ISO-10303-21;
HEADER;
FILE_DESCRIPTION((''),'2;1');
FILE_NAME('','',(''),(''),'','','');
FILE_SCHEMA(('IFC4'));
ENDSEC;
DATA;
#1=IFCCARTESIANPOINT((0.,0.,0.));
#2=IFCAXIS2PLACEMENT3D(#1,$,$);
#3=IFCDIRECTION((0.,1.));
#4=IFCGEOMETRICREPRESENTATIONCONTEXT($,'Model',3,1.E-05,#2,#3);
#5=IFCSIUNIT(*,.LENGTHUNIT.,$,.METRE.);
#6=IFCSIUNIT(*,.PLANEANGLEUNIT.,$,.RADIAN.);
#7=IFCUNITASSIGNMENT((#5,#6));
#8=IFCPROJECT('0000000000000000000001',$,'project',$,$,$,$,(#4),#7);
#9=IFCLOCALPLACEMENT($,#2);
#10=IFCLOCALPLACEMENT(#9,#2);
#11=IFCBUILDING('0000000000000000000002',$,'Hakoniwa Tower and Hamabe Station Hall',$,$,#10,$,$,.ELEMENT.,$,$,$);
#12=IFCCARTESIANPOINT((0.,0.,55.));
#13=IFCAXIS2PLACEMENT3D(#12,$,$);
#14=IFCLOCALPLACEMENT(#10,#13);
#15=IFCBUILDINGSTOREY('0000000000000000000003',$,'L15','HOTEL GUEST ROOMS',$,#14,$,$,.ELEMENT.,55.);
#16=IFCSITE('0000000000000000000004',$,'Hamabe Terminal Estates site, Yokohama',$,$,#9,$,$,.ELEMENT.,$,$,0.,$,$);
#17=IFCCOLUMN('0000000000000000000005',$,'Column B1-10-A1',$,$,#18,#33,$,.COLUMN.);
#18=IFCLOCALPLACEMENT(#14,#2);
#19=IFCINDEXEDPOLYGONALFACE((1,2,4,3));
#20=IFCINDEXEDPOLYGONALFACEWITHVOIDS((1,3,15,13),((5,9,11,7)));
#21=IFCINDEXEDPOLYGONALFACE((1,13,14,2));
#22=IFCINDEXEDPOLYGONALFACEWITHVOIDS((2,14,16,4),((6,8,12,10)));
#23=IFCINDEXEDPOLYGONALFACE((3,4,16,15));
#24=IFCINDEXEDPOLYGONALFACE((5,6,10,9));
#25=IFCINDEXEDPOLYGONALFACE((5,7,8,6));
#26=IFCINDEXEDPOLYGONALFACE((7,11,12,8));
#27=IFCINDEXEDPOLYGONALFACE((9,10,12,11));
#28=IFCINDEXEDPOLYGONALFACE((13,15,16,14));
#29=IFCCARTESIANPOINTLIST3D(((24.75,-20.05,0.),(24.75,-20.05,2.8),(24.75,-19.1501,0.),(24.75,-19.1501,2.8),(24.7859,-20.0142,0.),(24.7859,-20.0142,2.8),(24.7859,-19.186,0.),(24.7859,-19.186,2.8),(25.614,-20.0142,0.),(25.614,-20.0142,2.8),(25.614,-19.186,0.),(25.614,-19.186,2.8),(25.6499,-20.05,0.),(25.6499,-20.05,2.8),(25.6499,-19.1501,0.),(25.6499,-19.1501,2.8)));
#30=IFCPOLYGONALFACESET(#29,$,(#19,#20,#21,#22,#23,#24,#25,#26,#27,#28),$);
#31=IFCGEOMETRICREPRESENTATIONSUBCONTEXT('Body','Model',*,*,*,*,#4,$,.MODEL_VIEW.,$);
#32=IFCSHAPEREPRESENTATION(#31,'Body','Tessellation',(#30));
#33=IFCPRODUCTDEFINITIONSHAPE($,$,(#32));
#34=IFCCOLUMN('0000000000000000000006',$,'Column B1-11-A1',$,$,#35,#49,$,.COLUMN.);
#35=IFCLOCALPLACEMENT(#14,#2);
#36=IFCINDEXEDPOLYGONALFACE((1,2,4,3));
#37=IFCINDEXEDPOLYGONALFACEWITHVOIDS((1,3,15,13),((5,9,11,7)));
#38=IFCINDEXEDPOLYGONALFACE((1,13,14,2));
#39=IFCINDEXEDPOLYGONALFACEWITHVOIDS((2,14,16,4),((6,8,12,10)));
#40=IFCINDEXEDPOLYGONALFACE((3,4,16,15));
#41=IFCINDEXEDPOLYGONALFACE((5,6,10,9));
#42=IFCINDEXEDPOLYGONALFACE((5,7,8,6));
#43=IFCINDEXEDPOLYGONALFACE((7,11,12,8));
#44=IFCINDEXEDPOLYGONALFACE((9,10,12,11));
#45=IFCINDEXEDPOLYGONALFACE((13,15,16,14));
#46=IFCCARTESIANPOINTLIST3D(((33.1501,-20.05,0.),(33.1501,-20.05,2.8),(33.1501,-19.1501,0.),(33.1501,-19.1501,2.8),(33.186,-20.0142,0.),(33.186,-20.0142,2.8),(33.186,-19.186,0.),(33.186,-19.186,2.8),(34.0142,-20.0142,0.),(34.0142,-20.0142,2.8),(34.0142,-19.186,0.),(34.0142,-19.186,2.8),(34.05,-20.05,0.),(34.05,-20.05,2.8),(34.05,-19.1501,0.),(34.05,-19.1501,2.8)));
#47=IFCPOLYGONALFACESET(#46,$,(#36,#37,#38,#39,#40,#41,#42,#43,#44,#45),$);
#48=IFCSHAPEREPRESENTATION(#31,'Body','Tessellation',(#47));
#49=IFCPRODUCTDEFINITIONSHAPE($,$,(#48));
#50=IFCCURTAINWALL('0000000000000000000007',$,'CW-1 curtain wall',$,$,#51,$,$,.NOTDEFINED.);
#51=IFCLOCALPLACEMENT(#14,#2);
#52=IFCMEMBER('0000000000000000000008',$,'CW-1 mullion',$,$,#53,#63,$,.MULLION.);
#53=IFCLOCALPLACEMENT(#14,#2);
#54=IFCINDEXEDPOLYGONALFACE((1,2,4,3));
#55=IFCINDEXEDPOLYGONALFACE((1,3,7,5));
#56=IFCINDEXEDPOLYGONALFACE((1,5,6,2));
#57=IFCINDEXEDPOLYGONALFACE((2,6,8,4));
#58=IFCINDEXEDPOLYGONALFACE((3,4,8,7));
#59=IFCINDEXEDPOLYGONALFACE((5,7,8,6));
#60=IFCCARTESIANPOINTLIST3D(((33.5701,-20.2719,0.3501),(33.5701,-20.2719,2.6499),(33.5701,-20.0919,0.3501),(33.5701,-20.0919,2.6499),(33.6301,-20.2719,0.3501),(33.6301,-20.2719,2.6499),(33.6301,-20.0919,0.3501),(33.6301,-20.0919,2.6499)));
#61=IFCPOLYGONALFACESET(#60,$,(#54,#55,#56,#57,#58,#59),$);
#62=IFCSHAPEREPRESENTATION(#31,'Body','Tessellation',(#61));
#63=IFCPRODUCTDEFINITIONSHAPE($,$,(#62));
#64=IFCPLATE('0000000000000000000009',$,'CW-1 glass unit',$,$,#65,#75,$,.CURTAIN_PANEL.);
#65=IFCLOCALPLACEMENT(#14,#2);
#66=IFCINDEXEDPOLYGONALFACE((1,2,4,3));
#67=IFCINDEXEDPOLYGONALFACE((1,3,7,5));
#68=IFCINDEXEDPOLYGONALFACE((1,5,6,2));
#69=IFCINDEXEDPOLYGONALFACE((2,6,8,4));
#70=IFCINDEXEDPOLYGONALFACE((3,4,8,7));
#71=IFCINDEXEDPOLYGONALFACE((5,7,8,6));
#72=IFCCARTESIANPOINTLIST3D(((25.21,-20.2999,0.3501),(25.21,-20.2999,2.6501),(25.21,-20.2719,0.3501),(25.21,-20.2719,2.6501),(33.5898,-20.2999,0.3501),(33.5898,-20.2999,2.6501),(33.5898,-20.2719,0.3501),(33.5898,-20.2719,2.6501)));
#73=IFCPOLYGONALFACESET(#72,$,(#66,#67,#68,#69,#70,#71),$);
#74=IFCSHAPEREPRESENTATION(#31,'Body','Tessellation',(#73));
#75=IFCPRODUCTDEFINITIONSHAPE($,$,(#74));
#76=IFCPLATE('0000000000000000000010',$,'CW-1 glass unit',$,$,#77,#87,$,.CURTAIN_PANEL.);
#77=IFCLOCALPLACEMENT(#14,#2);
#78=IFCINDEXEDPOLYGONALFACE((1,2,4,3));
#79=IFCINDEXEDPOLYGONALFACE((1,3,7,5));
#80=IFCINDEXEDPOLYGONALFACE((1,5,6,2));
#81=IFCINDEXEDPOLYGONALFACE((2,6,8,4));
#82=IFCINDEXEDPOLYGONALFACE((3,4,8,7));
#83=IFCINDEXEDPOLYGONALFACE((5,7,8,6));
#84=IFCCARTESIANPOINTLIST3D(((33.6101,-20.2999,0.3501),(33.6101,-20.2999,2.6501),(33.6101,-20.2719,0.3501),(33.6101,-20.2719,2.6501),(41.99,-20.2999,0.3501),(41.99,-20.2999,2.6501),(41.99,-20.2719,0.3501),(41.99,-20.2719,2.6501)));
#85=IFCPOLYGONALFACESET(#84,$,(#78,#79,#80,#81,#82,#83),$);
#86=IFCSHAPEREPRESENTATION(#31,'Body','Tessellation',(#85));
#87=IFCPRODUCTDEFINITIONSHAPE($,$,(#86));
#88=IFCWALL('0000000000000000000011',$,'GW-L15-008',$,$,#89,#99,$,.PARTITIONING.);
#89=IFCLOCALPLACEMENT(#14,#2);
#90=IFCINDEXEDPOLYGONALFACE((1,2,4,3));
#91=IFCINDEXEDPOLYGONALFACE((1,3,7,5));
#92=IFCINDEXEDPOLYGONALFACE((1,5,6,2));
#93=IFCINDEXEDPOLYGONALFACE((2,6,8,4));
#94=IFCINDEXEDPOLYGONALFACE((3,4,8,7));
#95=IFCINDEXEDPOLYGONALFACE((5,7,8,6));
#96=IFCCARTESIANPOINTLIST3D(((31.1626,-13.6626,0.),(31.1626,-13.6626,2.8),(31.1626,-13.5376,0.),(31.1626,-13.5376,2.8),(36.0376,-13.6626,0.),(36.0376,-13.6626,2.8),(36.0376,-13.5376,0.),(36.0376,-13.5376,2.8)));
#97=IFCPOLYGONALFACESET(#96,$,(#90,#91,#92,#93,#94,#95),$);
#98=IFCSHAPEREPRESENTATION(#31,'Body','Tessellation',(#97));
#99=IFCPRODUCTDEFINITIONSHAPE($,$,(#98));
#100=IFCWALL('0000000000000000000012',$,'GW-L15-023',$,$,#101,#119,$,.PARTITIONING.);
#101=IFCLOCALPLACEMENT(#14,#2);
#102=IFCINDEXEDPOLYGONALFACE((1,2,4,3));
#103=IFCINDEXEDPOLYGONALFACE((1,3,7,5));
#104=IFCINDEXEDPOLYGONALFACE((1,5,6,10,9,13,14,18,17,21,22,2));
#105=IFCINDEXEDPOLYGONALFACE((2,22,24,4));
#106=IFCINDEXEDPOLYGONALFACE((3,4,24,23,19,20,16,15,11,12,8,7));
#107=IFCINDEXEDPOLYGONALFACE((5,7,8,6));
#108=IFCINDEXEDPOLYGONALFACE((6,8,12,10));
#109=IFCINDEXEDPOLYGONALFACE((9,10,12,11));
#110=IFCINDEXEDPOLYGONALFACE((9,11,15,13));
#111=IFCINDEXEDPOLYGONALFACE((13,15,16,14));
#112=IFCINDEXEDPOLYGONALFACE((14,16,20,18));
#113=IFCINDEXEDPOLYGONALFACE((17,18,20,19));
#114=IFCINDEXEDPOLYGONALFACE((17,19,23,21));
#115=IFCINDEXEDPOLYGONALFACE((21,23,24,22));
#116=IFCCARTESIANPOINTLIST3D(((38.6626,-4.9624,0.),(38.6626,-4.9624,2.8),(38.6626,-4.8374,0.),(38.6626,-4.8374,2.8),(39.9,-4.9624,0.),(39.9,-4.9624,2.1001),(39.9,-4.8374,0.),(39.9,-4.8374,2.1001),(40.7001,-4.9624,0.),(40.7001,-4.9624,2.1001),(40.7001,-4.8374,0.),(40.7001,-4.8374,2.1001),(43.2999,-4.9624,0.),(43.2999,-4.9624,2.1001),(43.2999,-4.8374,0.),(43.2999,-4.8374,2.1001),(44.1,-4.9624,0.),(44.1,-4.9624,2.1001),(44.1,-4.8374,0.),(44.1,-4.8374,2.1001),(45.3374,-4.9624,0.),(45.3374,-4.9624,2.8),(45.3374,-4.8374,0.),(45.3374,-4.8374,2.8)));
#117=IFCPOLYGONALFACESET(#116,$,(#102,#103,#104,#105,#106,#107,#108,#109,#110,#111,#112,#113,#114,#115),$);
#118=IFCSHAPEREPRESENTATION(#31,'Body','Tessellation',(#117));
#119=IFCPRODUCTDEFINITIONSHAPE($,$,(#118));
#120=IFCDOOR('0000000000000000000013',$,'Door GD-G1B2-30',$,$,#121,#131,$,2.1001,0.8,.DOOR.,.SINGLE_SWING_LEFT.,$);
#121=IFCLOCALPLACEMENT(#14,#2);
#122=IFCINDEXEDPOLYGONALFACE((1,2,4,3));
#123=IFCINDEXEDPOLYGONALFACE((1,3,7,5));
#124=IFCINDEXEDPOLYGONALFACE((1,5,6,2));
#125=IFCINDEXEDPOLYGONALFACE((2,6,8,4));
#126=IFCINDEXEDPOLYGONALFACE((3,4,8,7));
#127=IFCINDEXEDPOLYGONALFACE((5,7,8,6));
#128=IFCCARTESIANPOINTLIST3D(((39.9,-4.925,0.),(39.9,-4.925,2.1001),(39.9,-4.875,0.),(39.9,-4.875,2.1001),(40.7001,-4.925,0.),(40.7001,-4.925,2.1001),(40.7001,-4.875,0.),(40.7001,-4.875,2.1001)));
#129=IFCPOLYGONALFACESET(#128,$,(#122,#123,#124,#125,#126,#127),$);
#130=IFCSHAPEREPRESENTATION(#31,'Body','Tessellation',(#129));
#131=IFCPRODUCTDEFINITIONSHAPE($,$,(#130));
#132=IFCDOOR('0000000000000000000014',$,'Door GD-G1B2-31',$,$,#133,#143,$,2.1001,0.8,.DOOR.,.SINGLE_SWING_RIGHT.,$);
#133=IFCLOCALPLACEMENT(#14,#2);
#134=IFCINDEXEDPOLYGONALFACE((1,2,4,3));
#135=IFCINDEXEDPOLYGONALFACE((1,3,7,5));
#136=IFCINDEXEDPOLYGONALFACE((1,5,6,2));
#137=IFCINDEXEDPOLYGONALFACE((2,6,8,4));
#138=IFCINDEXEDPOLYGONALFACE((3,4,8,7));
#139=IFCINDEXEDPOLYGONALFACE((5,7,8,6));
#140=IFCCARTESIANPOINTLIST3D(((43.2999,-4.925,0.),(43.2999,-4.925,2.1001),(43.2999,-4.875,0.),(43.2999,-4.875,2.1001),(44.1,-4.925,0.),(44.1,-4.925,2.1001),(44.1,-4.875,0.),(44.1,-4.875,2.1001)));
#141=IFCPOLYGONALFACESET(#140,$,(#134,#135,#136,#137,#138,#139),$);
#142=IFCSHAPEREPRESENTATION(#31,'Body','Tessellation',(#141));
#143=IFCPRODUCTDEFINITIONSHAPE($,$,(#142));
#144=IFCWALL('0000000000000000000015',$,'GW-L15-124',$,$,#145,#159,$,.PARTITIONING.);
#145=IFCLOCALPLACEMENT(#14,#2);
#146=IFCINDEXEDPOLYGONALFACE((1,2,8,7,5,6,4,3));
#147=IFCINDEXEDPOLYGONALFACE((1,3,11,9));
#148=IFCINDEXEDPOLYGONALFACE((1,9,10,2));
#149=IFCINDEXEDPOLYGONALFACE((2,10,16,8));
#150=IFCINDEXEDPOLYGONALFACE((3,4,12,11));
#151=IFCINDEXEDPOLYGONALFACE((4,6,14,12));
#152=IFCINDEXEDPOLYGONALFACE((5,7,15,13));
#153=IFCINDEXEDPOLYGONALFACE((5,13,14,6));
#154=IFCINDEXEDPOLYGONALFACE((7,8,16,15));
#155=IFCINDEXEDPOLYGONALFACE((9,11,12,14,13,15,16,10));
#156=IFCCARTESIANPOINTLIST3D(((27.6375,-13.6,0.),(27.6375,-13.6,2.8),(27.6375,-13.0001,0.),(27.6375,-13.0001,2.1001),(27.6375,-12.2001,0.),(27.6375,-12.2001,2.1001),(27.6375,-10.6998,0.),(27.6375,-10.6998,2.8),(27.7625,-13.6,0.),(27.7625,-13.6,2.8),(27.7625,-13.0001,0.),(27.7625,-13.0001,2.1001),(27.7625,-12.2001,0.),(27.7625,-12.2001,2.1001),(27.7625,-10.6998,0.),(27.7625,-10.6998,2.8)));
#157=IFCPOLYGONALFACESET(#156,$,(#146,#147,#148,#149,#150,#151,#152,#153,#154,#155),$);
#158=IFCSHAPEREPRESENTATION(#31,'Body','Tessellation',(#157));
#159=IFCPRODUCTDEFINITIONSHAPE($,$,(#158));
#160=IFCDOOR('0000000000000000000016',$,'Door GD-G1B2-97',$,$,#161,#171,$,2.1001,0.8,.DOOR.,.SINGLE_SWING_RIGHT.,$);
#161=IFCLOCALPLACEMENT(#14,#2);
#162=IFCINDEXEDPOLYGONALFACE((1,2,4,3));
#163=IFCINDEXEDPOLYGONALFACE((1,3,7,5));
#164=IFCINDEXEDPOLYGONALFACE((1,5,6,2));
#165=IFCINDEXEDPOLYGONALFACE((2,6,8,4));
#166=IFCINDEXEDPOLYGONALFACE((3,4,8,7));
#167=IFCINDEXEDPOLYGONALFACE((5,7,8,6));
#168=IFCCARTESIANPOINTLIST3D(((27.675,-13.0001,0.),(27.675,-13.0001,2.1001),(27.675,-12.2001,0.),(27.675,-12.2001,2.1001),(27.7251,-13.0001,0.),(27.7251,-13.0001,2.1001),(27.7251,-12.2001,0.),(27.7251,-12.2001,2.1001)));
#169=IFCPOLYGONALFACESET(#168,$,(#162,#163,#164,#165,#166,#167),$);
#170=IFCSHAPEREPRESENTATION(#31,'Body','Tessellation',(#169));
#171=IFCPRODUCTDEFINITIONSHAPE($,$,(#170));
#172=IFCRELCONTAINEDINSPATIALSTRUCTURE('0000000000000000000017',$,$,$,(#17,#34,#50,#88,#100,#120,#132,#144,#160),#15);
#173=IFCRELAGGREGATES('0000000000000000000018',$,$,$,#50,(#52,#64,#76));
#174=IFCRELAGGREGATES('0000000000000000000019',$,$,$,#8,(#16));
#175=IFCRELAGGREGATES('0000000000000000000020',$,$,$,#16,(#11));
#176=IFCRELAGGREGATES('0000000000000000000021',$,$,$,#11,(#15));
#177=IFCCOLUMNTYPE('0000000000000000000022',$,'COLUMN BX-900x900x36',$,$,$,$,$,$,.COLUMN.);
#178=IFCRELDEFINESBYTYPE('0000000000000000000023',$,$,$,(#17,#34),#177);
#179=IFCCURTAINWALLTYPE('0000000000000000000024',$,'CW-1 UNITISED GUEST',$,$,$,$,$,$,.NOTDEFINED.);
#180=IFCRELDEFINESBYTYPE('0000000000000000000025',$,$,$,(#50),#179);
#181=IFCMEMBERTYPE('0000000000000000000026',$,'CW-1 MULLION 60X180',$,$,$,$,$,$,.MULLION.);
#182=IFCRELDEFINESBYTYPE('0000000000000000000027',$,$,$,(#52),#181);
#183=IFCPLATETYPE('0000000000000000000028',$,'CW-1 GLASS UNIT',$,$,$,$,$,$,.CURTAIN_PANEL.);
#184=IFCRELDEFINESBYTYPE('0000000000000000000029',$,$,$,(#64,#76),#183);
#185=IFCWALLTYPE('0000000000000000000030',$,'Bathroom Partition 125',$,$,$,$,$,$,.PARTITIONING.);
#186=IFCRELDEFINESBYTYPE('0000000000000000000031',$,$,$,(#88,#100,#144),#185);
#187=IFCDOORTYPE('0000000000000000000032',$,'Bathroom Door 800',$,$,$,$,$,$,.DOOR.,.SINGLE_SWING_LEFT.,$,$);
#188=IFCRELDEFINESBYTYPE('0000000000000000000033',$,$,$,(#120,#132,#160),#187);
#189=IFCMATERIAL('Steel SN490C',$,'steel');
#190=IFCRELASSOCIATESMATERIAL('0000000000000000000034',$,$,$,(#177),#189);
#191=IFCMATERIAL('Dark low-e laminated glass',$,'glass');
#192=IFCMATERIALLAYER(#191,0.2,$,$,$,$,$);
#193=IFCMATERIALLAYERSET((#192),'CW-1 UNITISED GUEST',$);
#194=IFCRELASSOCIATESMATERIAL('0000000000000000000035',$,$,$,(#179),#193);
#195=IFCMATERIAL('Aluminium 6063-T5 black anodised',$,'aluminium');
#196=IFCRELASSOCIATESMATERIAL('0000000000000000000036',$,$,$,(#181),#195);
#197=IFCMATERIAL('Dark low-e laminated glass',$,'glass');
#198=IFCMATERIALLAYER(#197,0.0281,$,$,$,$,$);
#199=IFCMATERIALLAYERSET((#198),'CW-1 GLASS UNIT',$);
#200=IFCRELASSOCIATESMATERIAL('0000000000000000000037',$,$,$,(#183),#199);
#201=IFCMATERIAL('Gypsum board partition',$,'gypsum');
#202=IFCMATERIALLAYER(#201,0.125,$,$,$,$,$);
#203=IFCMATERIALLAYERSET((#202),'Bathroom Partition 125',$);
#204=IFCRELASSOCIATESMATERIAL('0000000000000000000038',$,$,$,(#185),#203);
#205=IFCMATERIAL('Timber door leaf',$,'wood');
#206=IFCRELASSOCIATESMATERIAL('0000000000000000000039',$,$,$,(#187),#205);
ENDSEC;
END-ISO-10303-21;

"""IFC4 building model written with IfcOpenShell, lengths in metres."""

from ifc_helpers import new_model, si_unit, direction, frame, frame_2d, origin, origin_2d, place, context, subcontext, project, spatial, rectangle, hollow_rectangle, extrude, material, layer, layer_set, material_profile, profile_set, type_object, element, fill, aggregate, save


model = new_model("IFC4")

# Units and contexts
model_context = context("Model", 3, precision=1e-05, world=origin(), true_north=direction((0.0, 1.0)))
body_context = subcontext(model_context, "Body", "Model", "MODEL_VIEW")
ifc_project = project(units=[si_unit("LENGTHUNIT", "METRE"), si_unit("PLANEANGLEUNIT", "RADIAN")], contexts=[model_context])

# Site, building, storey
site_placement = place(None, origin())
site = spatial("IfcSite", under=ifc_project, at=site_placement, Name="Hamabe Terminal Estates site, Yokohama", CompositionType="ELEMENT", RefElevation=0.0)
building_placement = place(site_placement, origin())
building = spatial("IfcBuilding", under=site, at=building_placement, Name="Hakoniwa Tower and Hamabe Station Hall", CompositionType="ELEMENT")
storey_placement = place(building_placement, frame((0.0, 0.0, 55.0)))
storey = spatial("IfcBuildingStorey", under=building, at=storey_placement, Name="L15", Description="HOTEL GUEST ROOMS", CompositionType="ELEMENT", Elevation=55.0)

# Columns
ifc_material_1 = material(Name="Steel SN490C", Category="steel")
ifc_material_profile_1 = material_profile(ifc_material_1, hollow_rectangle(XDim=0.8999, YDim=0.8999, WallThickness=0.0359, at=origin_2d()), Name="BX-900x900x36")
ifc_profile_set_1 = profile_set([ifc_material_profile_1], Name="Steel SN490C")
column_type = type_object("IfcColumnType", Name="COLUMN BX-900x900x36", PredefinedType="COLUMN", material=ifc_profile_set_1)
for number, where, z_axis, x_axis, name in (
    (1, (25.2, -19.6001, 0.0), (0.0, 0.0, 1.0), (1.0, 0.0, 0.0), "Column B1-10-A1"),
    (2, (33.6001, -19.6001, 0.0), (0.0, 0.0, 1.0), (1.0, 0.0, 0.0), "Column B1-11-A1"),
):
    element("IfcColumn", number, at=place(storey_placement, frame(where, z_axis=z_axis, x_axis=x_axis)), inside=storey, type_object=column_type, Name=name, PredefinedType="COLUMN", context=body_context, shape_type="SweptSolid", body=[
        extrude(hollow_rectangle(XDim=0.8999, YDim=0.8999, WallThickness=0.0359, at=origin_2d()), origin(), (0.0, 0.0, 1.0), 2.8),
    ])

# Curtain wall, member, plates
ifc_material_2 = material(Name="Dark low-e laminated glass", Category="glass")
ifc_layer_1 = layer(ifc_material_2, 0.2)
ifc_layer_set_1 = layer_set([ifc_layer_1], Name="CW-1 UNITISED GUEST")
curtain_wall_type = type_object("IfcCurtainWallType", Name="CW-1 UNITISED GUEST", PredefinedType="NOTDEFINED", material=ifc_layer_set_1)
curtain_wall_placement = place(storey_placement, origin())
curtain_wall = element("IfcCurtainWall", 3, at=curtain_wall_placement, inside=storey, type_object=curtain_wall_type, Name="CW-1 curtain wall", PredefinedType="NOTDEFINED")
ifc_material_3 = material(Name="Aluminium 6063-T5 black anodised", Category="aluminium")
ifc_material_profile_2 = material_profile(ifc_material_3, rectangle(XDim=0.0601, YDim=0.1799, at=origin_2d()), Name="CW-1 MULLION 60X180")
ifc_profile_set_2 = profile_set([ifc_material_profile_2], Name="Aluminium 6063-T5 black anodised")
member_type = type_object("IfcMemberType", Name="CW-1 MULLION 60X180", PredefinedType="MULLION", material=ifc_profile_set_2)
member_placement = place(storey_placement, frame((33.6001, -20.1819, 0.3501), z_axis=(0.0, 0.0, 1.0), x_axis=(1.0, 0.0, 0.0)))
member = element("IfcMember", 4, at=member_placement, type_object=member_type, Name="CW-1 mullion", PredefinedType="MULLION", context=body_context, shape_type="SweptSolid", body=[
    extrude(rectangle(XDim=0.0601, YDim=0.1799, at=origin_2d()), origin(), (0.0, 0.0, 1.0), 2.2998),
])
ifc_material_4 = material(Name="Dark low-e laminated glass", Category="glass")
ifc_layer_2 = layer(ifc_material_4, 0.0281)
ifc_layer_set_2 = layer_set([ifc_layer_2], Name="CW-1 GLASS UNIT")
plate_type = type_object("IfcPlateType", Name="CW-1 GLASS UNIT", PredefinedType="CURTAIN_PANEL", material=ifc_layer_set_2)
plate_1_placement = place(storey_placement, frame((29.3999, -20.2859, 0.3501), z_axis=(0.0, 0.0, 1.0), x_axis=(1.0, 0.0, 0.0)))
plate_1 = element("IfcPlate", 5, at=plate_1_placement, type_object=plate_type, Name="CW-1 glass unit", PredefinedType="CURTAIN_PANEL", context=body_context, shape_type="SweptSolid", body=[
    extrude(rectangle(XDim=8.3799, YDim=0.0281, at=origin_2d()), origin(), (0.0, 0.0, 1.0), 2.3),
])
plate_2_placement = place(storey_placement, frame((37.8, -20.2859, 0.3501), z_axis=(0.0, 0.0, 1.0), x_axis=(1.0, 0.0, 0.0)))
plate_2 = element("IfcPlate", 6, at=plate_2_placement, type_object=plate_type, Name="CW-1 glass unit", PredefinedType="CURTAIN_PANEL", context=body_context, shape_type="SweptSolid", body=[
    extrude(rectangle(XDim=8.3799, YDim=0.0281, at=origin_2d()), origin(), (0.0, 0.0, 1.0), 2.3),
])
aggregate(curtain_wall, [member, plate_1, plate_2])

# Wall
ifc_material_5 = material(Name="Gypsum board partition", Category="gypsum")
ifc_layer_3 = layer(ifc_material_5, 0.125)
ifc_layer_set_3 = layer_set([ifc_layer_3], Name="Bathroom Partition 125")
wall_type_1 = type_object("IfcWallType", Name="Bathroom Partition 125", PredefinedType="PARTITIONING", material=ifc_layer_set_3)
wall_1_placement = place(storey_placement, frame((31.1626, -13.6001, 0.0), z_axis=(0.0, 0.0, 1.0), x_axis=(1.0, 0.0, 0.0)))
element("IfcWall", 7, at=wall_1_placement, inside=storey, type_object=wall_type_1, Name="GW-L15-008", PredefinedType="PARTITIONING", context=body_context, shape_type="SweptSolid", body=[
    extrude(rectangle(XDim=4.875, YDim=0.125, at=frame_2d((2.4375, 0.0))), origin(), (0.0, 0.0, 1.0), 2.8),
])

# Wall, openings, doors
wall_2_placement = place(storey_placement, frame((38.6626, -4.8999, 0.0), z_axis=(0.0, 0.0, 1.0), x_axis=(1.0, 0.0, 0.0)))
wall_2 = element("IfcWall", 8, at=wall_2_placement, inside=storey, type_object=wall_type_1, Name="GW-L15-023", PredefinedType="PARTITIONING", context=body_context, shape_type="SweptSolid", body=[
    extrude(rectangle(XDim=6.6748, YDim=0.125, at=frame_2d((3.3374, 0.0))), origin(), (0.0, 0.0, 1.0), 2.8),
])
opening_1_placement = place(wall_2_placement, frame((1.2375, 0.0, 0.0)))
opening_1 = element("IfcOpeningElement", 9, at=opening_1_placement, cuts=wall_2, PredefinedType="OPENING", context=body_context, shape_type="SweptSolid", body=[
    extrude(rectangle(XDim=0.8, YDim=2.1001, at=frame_2d((0.3999, 1.05))), frame((0.0, 0.0725, 0.0), z_axis=(0.0, -1.0, 0.0), x_axis=(1.0, 0.0, 0.0)), (0.0, 0.0, 1.0), 0.145),
])
opening_2_placement = place(wall_2_placement, frame((4.6375, 0.0, 0.0)))
opening_2 = element("IfcOpeningElement", 10, at=opening_2_placement, cuts=wall_2, PredefinedType="OPENING", context=body_context, shape_type="SweptSolid", body=[
    extrude(rectangle(XDim=0.8, YDim=2.1001, at=frame_2d((0.3999, 1.05))), frame((0.0, 0.0725, 0.0), z_axis=(0.0, -1.0, 0.0), x_axis=(1.0, 0.0, 0.0)), (0.0, 0.0, 1.0), 0.145),
])
ifc_material_6 = material(Name="Timber door leaf", Category="wood")
door_type_1 = type_object("IfcDoorType", Name="Bathroom Door 800", OperationType="SINGLE_SWING_LEFT", PredefinedType="DOOR", material=ifc_material_6)
door_1_placement = place(opening_1_placement, origin())
door_1 = element("IfcDoor", 11, at=door_1_placement, inside=storey, type_object=door_type_1, Name="Door GD-G1B2-30", OperationType="SINGLE_SWING_LEFT", OverallHeight=2.1001, OverallWidth=0.8, PredefinedType="DOOR", context=body_context, shape_type="SweptSolid", body=[
    extrude(rectangle(XDim=0.8, YDim=2.1001, at=frame_2d((0.3999, 1.05))), frame((0.0, 0.0249, 0.0), z_axis=(0.0, -1.0, 0.0), x_axis=(1.0, 0.0, 0.0)), (0.0, 0.0, 1.0), 0.05),
])
fill(opening_1, door_1)
door_2_placement = place(opening_2_placement, origin())
door_2 = element("IfcDoor", 12, at=door_2_placement, inside=storey, type_object=door_type_1, Name="Door GD-G1B2-31", OperationType="SINGLE_SWING_RIGHT", OverallHeight=2.1001, OverallWidth=0.8, PredefinedType="DOOR", context=body_context, shape_type="SweptSolid", body=[
    extrude(rectangle(XDim=0.8, YDim=2.1001, at=frame_2d((0.3999, 1.05))), frame((0.0, 0.0249, 0.0), z_axis=(0.0, -1.0, 0.0), x_axis=(1.0, 0.0, 0.0)), (0.0, 0.0, 1.0), 0.05),
])
fill(opening_2, door_2)

# Wall, opening, door
wall_3_placement = place(storey_placement, frame((27.7, -13.6001, 0.0), z_axis=(0.0, 0.0, 1.0), x_axis=(0.0, 1.0, 0.0)))
wall_3 = element("IfcWall", 13, at=wall_3_placement, inside=storey, type_object=wall_type_1, Name="GW-L15-124", PredefinedType="PARTITIONING", context=body_context, shape_type="SweptSolid", body=[
    extrude(rectangle(XDim=2.9001, YDim=0.125, at=frame_2d((1.4502, 0.0))), origin(), (0.0, 0.0, 1.0), 2.8),
])
opening_3_placement = place(wall_3_placement, frame((0.6001, 0.0, 0.0)))
opening_3 = element("IfcOpeningElement", 14, at=opening_3_placement, cuts=wall_3, PredefinedType="OPENING", context=body_context, shape_type="SweptSolid", body=[
    extrude(rectangle(XDim=0.8, YDim=2.1001, at=frame_2d((0.3999, 1.05))), frame((0.0, 0.0725, 0.0), z_axis=(0.0, -1.0, 0.0), x_axis=(1.0, 0.0, 0.0)), (0.0, 0.0, 1.0), 0.145),
])
door_3_placement = place(opening_3_placement, origin())
door_3 = element("IfcDoor", 15, at=door_3_placement, inside=storey, type_object=door_type_1, Name="Door GD-G1B2-97", OperationType="SINGLE_SWING_RIGHT", OverallHeight=2.1001, OverallWidth=0.8, PredefinedType="DOOR", context=body_context, shape_type="SweptSolid", body=[
    extrude(rectangle(XDim=0.8, YDim=2.1001, at=frame_2d((0.3999, 1.05))), frame((0.0, 0.0249, 0.0), z_axis=(0.0, -1.0, 0.0), x_axis=(1.0, 0.0, 0.0)), (0.0, 0.0, 1.0), 0.05),
])
fill(opening_3, door_3)

save(model, "model.ifc")
